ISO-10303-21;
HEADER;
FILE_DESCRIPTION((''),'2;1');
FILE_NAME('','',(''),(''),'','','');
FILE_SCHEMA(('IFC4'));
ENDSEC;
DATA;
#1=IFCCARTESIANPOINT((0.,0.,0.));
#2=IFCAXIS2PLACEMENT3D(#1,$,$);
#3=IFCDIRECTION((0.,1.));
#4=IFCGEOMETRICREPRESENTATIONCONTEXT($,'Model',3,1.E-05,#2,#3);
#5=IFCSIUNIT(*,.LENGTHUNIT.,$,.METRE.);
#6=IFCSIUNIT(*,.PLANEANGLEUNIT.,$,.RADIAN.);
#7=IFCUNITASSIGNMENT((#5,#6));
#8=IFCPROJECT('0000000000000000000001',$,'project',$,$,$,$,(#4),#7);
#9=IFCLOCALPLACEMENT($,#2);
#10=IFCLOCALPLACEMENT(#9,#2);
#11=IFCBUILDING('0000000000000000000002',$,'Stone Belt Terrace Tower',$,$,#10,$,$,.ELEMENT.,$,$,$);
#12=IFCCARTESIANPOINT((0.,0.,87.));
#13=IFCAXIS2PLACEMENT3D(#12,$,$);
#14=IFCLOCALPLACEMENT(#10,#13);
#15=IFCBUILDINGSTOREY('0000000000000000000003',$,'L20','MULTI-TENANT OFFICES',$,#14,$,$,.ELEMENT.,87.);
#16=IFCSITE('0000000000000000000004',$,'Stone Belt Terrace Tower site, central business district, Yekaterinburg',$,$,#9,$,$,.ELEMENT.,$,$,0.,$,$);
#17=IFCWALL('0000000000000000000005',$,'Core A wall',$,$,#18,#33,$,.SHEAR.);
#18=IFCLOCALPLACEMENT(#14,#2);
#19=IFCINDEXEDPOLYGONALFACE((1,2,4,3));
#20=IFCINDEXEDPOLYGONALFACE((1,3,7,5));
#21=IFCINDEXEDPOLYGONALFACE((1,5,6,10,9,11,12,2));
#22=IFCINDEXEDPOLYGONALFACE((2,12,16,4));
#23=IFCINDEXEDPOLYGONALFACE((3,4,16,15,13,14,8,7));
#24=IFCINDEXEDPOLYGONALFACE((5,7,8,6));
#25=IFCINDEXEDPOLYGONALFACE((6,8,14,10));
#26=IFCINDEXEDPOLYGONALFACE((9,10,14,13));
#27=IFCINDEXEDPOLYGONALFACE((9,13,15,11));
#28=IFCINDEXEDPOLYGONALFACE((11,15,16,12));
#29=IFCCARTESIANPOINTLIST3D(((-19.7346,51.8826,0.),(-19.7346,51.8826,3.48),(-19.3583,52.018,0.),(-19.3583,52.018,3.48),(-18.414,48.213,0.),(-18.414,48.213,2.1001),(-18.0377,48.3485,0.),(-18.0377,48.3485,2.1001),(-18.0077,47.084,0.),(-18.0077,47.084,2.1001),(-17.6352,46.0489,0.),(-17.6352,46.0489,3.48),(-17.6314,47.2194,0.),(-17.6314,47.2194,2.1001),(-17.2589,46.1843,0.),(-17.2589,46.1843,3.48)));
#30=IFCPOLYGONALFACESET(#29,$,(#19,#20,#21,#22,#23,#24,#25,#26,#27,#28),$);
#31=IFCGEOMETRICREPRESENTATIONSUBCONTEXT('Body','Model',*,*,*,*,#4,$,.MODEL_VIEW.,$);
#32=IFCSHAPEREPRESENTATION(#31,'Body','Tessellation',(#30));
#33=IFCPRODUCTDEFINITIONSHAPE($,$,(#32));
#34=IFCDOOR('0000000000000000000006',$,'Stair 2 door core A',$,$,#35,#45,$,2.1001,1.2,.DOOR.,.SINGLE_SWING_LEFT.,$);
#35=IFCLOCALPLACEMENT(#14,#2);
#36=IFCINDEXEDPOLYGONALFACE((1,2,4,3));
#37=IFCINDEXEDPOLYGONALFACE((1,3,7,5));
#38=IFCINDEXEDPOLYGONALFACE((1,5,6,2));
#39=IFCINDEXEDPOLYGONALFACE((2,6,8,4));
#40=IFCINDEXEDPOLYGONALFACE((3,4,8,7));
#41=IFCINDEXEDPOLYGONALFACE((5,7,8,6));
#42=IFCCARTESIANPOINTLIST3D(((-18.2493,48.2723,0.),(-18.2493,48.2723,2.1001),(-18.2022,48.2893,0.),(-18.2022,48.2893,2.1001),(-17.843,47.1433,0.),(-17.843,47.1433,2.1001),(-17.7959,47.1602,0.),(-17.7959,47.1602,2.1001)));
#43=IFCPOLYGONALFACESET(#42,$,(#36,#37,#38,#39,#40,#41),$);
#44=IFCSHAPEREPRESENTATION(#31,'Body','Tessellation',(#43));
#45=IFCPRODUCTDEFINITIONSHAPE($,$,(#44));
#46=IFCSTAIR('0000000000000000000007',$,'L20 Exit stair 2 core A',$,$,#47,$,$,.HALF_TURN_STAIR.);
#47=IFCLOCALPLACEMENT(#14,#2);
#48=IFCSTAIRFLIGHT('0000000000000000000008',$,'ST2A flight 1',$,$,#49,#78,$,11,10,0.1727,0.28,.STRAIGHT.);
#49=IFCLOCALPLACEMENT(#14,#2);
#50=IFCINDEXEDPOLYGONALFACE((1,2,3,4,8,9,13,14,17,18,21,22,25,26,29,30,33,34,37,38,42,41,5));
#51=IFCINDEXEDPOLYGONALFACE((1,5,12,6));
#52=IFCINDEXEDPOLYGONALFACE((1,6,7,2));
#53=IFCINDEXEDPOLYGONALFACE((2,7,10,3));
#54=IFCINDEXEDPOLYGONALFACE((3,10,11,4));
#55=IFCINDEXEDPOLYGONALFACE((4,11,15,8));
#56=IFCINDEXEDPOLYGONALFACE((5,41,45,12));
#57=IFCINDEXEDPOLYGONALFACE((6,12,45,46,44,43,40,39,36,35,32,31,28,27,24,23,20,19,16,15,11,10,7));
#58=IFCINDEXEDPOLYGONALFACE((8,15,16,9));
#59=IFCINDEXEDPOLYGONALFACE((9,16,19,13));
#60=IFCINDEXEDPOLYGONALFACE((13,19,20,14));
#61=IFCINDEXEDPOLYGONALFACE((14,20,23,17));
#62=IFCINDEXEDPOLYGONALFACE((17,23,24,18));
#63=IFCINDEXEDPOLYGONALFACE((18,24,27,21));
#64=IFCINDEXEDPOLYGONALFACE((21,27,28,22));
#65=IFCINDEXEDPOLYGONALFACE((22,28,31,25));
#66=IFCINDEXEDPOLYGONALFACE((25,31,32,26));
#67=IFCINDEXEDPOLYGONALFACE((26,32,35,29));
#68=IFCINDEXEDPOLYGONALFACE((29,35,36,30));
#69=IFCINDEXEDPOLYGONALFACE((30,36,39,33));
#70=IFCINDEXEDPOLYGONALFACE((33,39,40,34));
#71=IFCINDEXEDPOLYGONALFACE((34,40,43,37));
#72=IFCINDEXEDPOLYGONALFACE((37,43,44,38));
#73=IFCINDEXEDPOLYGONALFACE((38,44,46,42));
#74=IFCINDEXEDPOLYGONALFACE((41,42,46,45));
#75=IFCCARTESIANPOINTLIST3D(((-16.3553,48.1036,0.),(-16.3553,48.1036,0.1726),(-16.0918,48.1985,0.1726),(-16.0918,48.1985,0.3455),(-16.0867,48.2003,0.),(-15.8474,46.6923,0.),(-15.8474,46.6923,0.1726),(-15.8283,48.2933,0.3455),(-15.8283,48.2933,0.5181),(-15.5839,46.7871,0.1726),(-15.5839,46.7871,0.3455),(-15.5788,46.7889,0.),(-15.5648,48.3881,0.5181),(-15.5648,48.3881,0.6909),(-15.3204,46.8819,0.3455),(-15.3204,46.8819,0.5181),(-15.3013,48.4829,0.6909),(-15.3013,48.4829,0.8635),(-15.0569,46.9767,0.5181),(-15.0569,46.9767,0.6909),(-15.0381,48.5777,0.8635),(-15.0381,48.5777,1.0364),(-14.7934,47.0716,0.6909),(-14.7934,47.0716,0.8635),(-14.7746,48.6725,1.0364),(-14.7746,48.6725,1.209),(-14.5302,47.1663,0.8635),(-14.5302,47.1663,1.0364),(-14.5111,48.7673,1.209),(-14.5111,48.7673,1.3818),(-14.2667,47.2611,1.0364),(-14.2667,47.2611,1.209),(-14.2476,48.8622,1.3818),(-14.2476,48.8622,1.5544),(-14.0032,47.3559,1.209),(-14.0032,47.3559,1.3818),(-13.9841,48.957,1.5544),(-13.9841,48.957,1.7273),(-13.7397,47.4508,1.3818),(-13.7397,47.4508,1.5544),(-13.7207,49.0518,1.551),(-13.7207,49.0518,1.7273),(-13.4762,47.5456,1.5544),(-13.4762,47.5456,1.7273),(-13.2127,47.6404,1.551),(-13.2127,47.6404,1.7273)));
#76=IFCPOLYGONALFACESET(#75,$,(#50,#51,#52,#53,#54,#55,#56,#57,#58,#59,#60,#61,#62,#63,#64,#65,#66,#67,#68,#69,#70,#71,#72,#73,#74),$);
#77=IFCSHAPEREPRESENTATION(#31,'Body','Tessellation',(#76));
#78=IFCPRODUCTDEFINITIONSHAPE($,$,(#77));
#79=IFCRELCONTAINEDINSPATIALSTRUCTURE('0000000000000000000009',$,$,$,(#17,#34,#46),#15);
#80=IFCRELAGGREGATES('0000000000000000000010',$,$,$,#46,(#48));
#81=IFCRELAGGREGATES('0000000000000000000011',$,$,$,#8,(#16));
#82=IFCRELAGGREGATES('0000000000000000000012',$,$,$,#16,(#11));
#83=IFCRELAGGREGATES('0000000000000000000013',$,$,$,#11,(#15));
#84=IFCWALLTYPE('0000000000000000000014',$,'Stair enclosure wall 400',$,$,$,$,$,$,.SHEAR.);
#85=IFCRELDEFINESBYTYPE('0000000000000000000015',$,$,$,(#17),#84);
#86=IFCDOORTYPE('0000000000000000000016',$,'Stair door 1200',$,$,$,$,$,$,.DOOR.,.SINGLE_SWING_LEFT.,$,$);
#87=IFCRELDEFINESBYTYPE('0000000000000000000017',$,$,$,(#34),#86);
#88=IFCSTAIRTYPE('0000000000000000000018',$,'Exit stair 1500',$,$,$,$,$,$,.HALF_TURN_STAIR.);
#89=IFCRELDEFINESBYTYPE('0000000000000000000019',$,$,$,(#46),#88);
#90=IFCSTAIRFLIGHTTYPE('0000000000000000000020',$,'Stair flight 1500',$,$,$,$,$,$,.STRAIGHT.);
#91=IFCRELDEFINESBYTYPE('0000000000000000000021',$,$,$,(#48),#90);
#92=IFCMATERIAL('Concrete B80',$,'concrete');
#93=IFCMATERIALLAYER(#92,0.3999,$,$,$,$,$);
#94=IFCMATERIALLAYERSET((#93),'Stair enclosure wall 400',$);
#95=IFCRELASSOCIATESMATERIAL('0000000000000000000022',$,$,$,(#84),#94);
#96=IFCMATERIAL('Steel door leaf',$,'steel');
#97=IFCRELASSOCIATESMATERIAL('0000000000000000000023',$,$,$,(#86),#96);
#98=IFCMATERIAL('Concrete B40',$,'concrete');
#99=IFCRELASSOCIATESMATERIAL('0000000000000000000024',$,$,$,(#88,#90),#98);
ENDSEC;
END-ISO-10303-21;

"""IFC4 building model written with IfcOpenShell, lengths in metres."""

from ifc_helpers import new_model, si_unit, direction, frame, frame_2d, origin, place, context, subcontext, project, spatial, polyline, rectangle, outline, extrude, material, layer, layer_set, type_object, element, fill, aggregate, save


model = new_model("IFC4")

# Units and contexts
model_context = context("Model", 3, precision=1e-05, world=origin(), true_north=direction((0.0, 1.0)))
body_context = subcontext(model_context, "Body", "Model", "MODEL_VIEW")
ifc_project = project(units=[si_unit("LENGTHUNIT", "METRE"), si_unit("PLANEANGLEUNIT", "RADIAN")], contexts=[model_context])

# Site, building, storey
site_placement = place(None, origin())
site = spatial("IfcSite", under=ifc_project, at=site_placement, Name="Stone Belt Terrace Tower site, central business district, Yekaterinburg", CompositionType="ELEMENT", RefElevation=0.0)
building_placement = place(site_placement, origin())
building = spatial("IfcBuilding", under=site, at=building_placement, Name="Stone Belt Terrace Tower", CompositionType="ELEMENT")
storey_placement = place(building_placement, frame((0.0, 0.0, 87.0)))
storey = spatial("IfcBuildingStorey", under=building, at=storey_placement, Name="L20", Description="MULTI-TENANT OFFICES", CompositionType="ELEMENT", Elevation=87.0)

# Shared definitions
ifc_material_1 = material(Name="Concrete B80", Category="concrete")

# Wall, opening, door
ifc_layer_1 = layer(ifc_material_1, 0.3999)
ifc_layer_set_1 = layer_set([ifc_layer_1], Name="Stair enclosure wall 400")
wall_type_1 = type_object("IfcWallType", Name="Stair enclosure wall 400", PredefinedType="SHEAR", material=ifc_layer_set_1)
wall_1_placement = place(storey_placement, frame((-17.447, 46.1165, 0.0), z_axis=(0.0, 0.0, 1.0), x_axis=(-0.338608, 0.940928, 0.0)))
wall_1 = element("IfcWall", 1, at=wall_1_placement, inside=storey, type_object=wall_type_1, Name="Core A wall", PredefinedType="SHEAR", context=body_context, shape_type="SweptSolid", body=[
    extrude(rectangle(XDim=6.2, YDim=0.3999, at=frame_2d((3.1001, 0.0))), origin(), (0.0, 0.0, 1.0), 3.48),
])
opening_1_placement = place(wall_1_placement, frame((1.1001, 0.0, 0.0)))
opening_1 = element("IfcOpeningElement", 2, at=opening_1_placement, cuts=wall_1, PredefinedType="OPENING", context=body_context, shape_type="SweptSolid", body=[
    extrude(rectangle(XDim=1.2, YDim=2.1001, at=frame_2d((0.6001, 1.05))), frame((0.0, 0.21, 0.0), z_axis=(0.0, -1.0, 0.0), x_axis=(1.0, 0.0, 0.0)), (0.0, 0.0, 1.0), 0.4199),
])
ifc_material_2 = material(Name="Steel door leaf", Category="steel")
door_type_1 = type_object("IfcDoorType", Name="Stair door 1200", OperationType="SINGLE_SWING_LEFT", PredefinedType="DOOR", material=ifc_material_2)
door_1_placement = place(opening_1_placement, origin())
door_1 = element("IfcDoor", 3, at=door_1_placement, inside=storey, type_object=door_type_1, Name="Stair 2 door core A", OperationType="SINGLE_SWING_LEFT", OverallHeight=2.1001, OverallWidth=1.2, PredefinedType="DOOR", context=body_context, shape_type="SweptSolid", body=[
    extrude(rectangle(XDim=1.2, YDim=2.1001, at=frame_2d((0.6001, 1.05))), frame((0.0, 0.0249, 0.0), z_axis=(0.0, -1.0, 0.0), x_axis=(1.0, 0.0, 0.0)), (0.0, 0.0, 1.0), 0.05),
])
fill(opening_1, door_1)

# Stair, stair flight
ifc_material_3 = material(Name="Concrete B40", Category="concrete")
stair_type = type_object("IfcStairType", Name="Exit stair 1500", PredefinedType="HALF_TURN_STAIR", material=ifc_material_3)
stair_placement = place(storey_placement, origin())
stair = element("IfcStair", 4, at=stair_placement, inside=storey, type_object=stair_type, Name="L20 Exit stair 2 core A", PredefinedType="HALF_TURN_STAIR")
stair_flight_type = type_object("IfcStairFlightType", Name="Stair flight 1500", PredefinedType="STRAIGHT", material=ifc_material_3)
stair_flight_placement = place(storey_placement, frame((-16.1013, 47.3979, 0.0), z_axis=(0.0, 0.0, 1.0), x_axis=(0.940922, 0.338624, 0.0)))
stair_flight = element("IfcStairFlight", 5, at=stair_flight_placement, type_object=stair_flight_type, Name="ST2A flight 1", NumberOfRisers=11, NumberOfTreads=10, PredefinedType="STRAIGHT", RiserHeight=0.1727, TreadLength=0.28, context=body_context, shape_type="SweptSolid", body=[
    extrude(outline(polyline([(0.0, 0.0), (0.0, 0.1726), (0.28, 0.1726), (0.28, 0.3455), (0.5601, 0.3455), (0.5601, 0.5181), (0.8401, 0.5181), (0.8401, 0.6909), (1.1201, 0.6909), (1.1201, 0.8635), (1.3999, 0.8635), (1.3999, 1.0364), (1.6799, 1.0364), (1.6799, 1.209), (1.96, 1.209), (1.96, 1.3818), (2.24, 1.3818), (2.24, 1.5544), (2.52, 1.5544), (2.52, 1.7273), (2.8, 1.7273), (2.8, 1.8999), (2.8, 1.551), (0.2854, 0.0), (0.0, 0.0)])), frame((0.0, 0.75, 0.0), z_axis=(0.0, -1.0, 0.0), x_axis=(1.0, 0.0, 0.0)), (0.0, 0.0, 1.0), 1.5),
])
aggregate(stair, [stair_flight])

save(model, "model.ifc")
